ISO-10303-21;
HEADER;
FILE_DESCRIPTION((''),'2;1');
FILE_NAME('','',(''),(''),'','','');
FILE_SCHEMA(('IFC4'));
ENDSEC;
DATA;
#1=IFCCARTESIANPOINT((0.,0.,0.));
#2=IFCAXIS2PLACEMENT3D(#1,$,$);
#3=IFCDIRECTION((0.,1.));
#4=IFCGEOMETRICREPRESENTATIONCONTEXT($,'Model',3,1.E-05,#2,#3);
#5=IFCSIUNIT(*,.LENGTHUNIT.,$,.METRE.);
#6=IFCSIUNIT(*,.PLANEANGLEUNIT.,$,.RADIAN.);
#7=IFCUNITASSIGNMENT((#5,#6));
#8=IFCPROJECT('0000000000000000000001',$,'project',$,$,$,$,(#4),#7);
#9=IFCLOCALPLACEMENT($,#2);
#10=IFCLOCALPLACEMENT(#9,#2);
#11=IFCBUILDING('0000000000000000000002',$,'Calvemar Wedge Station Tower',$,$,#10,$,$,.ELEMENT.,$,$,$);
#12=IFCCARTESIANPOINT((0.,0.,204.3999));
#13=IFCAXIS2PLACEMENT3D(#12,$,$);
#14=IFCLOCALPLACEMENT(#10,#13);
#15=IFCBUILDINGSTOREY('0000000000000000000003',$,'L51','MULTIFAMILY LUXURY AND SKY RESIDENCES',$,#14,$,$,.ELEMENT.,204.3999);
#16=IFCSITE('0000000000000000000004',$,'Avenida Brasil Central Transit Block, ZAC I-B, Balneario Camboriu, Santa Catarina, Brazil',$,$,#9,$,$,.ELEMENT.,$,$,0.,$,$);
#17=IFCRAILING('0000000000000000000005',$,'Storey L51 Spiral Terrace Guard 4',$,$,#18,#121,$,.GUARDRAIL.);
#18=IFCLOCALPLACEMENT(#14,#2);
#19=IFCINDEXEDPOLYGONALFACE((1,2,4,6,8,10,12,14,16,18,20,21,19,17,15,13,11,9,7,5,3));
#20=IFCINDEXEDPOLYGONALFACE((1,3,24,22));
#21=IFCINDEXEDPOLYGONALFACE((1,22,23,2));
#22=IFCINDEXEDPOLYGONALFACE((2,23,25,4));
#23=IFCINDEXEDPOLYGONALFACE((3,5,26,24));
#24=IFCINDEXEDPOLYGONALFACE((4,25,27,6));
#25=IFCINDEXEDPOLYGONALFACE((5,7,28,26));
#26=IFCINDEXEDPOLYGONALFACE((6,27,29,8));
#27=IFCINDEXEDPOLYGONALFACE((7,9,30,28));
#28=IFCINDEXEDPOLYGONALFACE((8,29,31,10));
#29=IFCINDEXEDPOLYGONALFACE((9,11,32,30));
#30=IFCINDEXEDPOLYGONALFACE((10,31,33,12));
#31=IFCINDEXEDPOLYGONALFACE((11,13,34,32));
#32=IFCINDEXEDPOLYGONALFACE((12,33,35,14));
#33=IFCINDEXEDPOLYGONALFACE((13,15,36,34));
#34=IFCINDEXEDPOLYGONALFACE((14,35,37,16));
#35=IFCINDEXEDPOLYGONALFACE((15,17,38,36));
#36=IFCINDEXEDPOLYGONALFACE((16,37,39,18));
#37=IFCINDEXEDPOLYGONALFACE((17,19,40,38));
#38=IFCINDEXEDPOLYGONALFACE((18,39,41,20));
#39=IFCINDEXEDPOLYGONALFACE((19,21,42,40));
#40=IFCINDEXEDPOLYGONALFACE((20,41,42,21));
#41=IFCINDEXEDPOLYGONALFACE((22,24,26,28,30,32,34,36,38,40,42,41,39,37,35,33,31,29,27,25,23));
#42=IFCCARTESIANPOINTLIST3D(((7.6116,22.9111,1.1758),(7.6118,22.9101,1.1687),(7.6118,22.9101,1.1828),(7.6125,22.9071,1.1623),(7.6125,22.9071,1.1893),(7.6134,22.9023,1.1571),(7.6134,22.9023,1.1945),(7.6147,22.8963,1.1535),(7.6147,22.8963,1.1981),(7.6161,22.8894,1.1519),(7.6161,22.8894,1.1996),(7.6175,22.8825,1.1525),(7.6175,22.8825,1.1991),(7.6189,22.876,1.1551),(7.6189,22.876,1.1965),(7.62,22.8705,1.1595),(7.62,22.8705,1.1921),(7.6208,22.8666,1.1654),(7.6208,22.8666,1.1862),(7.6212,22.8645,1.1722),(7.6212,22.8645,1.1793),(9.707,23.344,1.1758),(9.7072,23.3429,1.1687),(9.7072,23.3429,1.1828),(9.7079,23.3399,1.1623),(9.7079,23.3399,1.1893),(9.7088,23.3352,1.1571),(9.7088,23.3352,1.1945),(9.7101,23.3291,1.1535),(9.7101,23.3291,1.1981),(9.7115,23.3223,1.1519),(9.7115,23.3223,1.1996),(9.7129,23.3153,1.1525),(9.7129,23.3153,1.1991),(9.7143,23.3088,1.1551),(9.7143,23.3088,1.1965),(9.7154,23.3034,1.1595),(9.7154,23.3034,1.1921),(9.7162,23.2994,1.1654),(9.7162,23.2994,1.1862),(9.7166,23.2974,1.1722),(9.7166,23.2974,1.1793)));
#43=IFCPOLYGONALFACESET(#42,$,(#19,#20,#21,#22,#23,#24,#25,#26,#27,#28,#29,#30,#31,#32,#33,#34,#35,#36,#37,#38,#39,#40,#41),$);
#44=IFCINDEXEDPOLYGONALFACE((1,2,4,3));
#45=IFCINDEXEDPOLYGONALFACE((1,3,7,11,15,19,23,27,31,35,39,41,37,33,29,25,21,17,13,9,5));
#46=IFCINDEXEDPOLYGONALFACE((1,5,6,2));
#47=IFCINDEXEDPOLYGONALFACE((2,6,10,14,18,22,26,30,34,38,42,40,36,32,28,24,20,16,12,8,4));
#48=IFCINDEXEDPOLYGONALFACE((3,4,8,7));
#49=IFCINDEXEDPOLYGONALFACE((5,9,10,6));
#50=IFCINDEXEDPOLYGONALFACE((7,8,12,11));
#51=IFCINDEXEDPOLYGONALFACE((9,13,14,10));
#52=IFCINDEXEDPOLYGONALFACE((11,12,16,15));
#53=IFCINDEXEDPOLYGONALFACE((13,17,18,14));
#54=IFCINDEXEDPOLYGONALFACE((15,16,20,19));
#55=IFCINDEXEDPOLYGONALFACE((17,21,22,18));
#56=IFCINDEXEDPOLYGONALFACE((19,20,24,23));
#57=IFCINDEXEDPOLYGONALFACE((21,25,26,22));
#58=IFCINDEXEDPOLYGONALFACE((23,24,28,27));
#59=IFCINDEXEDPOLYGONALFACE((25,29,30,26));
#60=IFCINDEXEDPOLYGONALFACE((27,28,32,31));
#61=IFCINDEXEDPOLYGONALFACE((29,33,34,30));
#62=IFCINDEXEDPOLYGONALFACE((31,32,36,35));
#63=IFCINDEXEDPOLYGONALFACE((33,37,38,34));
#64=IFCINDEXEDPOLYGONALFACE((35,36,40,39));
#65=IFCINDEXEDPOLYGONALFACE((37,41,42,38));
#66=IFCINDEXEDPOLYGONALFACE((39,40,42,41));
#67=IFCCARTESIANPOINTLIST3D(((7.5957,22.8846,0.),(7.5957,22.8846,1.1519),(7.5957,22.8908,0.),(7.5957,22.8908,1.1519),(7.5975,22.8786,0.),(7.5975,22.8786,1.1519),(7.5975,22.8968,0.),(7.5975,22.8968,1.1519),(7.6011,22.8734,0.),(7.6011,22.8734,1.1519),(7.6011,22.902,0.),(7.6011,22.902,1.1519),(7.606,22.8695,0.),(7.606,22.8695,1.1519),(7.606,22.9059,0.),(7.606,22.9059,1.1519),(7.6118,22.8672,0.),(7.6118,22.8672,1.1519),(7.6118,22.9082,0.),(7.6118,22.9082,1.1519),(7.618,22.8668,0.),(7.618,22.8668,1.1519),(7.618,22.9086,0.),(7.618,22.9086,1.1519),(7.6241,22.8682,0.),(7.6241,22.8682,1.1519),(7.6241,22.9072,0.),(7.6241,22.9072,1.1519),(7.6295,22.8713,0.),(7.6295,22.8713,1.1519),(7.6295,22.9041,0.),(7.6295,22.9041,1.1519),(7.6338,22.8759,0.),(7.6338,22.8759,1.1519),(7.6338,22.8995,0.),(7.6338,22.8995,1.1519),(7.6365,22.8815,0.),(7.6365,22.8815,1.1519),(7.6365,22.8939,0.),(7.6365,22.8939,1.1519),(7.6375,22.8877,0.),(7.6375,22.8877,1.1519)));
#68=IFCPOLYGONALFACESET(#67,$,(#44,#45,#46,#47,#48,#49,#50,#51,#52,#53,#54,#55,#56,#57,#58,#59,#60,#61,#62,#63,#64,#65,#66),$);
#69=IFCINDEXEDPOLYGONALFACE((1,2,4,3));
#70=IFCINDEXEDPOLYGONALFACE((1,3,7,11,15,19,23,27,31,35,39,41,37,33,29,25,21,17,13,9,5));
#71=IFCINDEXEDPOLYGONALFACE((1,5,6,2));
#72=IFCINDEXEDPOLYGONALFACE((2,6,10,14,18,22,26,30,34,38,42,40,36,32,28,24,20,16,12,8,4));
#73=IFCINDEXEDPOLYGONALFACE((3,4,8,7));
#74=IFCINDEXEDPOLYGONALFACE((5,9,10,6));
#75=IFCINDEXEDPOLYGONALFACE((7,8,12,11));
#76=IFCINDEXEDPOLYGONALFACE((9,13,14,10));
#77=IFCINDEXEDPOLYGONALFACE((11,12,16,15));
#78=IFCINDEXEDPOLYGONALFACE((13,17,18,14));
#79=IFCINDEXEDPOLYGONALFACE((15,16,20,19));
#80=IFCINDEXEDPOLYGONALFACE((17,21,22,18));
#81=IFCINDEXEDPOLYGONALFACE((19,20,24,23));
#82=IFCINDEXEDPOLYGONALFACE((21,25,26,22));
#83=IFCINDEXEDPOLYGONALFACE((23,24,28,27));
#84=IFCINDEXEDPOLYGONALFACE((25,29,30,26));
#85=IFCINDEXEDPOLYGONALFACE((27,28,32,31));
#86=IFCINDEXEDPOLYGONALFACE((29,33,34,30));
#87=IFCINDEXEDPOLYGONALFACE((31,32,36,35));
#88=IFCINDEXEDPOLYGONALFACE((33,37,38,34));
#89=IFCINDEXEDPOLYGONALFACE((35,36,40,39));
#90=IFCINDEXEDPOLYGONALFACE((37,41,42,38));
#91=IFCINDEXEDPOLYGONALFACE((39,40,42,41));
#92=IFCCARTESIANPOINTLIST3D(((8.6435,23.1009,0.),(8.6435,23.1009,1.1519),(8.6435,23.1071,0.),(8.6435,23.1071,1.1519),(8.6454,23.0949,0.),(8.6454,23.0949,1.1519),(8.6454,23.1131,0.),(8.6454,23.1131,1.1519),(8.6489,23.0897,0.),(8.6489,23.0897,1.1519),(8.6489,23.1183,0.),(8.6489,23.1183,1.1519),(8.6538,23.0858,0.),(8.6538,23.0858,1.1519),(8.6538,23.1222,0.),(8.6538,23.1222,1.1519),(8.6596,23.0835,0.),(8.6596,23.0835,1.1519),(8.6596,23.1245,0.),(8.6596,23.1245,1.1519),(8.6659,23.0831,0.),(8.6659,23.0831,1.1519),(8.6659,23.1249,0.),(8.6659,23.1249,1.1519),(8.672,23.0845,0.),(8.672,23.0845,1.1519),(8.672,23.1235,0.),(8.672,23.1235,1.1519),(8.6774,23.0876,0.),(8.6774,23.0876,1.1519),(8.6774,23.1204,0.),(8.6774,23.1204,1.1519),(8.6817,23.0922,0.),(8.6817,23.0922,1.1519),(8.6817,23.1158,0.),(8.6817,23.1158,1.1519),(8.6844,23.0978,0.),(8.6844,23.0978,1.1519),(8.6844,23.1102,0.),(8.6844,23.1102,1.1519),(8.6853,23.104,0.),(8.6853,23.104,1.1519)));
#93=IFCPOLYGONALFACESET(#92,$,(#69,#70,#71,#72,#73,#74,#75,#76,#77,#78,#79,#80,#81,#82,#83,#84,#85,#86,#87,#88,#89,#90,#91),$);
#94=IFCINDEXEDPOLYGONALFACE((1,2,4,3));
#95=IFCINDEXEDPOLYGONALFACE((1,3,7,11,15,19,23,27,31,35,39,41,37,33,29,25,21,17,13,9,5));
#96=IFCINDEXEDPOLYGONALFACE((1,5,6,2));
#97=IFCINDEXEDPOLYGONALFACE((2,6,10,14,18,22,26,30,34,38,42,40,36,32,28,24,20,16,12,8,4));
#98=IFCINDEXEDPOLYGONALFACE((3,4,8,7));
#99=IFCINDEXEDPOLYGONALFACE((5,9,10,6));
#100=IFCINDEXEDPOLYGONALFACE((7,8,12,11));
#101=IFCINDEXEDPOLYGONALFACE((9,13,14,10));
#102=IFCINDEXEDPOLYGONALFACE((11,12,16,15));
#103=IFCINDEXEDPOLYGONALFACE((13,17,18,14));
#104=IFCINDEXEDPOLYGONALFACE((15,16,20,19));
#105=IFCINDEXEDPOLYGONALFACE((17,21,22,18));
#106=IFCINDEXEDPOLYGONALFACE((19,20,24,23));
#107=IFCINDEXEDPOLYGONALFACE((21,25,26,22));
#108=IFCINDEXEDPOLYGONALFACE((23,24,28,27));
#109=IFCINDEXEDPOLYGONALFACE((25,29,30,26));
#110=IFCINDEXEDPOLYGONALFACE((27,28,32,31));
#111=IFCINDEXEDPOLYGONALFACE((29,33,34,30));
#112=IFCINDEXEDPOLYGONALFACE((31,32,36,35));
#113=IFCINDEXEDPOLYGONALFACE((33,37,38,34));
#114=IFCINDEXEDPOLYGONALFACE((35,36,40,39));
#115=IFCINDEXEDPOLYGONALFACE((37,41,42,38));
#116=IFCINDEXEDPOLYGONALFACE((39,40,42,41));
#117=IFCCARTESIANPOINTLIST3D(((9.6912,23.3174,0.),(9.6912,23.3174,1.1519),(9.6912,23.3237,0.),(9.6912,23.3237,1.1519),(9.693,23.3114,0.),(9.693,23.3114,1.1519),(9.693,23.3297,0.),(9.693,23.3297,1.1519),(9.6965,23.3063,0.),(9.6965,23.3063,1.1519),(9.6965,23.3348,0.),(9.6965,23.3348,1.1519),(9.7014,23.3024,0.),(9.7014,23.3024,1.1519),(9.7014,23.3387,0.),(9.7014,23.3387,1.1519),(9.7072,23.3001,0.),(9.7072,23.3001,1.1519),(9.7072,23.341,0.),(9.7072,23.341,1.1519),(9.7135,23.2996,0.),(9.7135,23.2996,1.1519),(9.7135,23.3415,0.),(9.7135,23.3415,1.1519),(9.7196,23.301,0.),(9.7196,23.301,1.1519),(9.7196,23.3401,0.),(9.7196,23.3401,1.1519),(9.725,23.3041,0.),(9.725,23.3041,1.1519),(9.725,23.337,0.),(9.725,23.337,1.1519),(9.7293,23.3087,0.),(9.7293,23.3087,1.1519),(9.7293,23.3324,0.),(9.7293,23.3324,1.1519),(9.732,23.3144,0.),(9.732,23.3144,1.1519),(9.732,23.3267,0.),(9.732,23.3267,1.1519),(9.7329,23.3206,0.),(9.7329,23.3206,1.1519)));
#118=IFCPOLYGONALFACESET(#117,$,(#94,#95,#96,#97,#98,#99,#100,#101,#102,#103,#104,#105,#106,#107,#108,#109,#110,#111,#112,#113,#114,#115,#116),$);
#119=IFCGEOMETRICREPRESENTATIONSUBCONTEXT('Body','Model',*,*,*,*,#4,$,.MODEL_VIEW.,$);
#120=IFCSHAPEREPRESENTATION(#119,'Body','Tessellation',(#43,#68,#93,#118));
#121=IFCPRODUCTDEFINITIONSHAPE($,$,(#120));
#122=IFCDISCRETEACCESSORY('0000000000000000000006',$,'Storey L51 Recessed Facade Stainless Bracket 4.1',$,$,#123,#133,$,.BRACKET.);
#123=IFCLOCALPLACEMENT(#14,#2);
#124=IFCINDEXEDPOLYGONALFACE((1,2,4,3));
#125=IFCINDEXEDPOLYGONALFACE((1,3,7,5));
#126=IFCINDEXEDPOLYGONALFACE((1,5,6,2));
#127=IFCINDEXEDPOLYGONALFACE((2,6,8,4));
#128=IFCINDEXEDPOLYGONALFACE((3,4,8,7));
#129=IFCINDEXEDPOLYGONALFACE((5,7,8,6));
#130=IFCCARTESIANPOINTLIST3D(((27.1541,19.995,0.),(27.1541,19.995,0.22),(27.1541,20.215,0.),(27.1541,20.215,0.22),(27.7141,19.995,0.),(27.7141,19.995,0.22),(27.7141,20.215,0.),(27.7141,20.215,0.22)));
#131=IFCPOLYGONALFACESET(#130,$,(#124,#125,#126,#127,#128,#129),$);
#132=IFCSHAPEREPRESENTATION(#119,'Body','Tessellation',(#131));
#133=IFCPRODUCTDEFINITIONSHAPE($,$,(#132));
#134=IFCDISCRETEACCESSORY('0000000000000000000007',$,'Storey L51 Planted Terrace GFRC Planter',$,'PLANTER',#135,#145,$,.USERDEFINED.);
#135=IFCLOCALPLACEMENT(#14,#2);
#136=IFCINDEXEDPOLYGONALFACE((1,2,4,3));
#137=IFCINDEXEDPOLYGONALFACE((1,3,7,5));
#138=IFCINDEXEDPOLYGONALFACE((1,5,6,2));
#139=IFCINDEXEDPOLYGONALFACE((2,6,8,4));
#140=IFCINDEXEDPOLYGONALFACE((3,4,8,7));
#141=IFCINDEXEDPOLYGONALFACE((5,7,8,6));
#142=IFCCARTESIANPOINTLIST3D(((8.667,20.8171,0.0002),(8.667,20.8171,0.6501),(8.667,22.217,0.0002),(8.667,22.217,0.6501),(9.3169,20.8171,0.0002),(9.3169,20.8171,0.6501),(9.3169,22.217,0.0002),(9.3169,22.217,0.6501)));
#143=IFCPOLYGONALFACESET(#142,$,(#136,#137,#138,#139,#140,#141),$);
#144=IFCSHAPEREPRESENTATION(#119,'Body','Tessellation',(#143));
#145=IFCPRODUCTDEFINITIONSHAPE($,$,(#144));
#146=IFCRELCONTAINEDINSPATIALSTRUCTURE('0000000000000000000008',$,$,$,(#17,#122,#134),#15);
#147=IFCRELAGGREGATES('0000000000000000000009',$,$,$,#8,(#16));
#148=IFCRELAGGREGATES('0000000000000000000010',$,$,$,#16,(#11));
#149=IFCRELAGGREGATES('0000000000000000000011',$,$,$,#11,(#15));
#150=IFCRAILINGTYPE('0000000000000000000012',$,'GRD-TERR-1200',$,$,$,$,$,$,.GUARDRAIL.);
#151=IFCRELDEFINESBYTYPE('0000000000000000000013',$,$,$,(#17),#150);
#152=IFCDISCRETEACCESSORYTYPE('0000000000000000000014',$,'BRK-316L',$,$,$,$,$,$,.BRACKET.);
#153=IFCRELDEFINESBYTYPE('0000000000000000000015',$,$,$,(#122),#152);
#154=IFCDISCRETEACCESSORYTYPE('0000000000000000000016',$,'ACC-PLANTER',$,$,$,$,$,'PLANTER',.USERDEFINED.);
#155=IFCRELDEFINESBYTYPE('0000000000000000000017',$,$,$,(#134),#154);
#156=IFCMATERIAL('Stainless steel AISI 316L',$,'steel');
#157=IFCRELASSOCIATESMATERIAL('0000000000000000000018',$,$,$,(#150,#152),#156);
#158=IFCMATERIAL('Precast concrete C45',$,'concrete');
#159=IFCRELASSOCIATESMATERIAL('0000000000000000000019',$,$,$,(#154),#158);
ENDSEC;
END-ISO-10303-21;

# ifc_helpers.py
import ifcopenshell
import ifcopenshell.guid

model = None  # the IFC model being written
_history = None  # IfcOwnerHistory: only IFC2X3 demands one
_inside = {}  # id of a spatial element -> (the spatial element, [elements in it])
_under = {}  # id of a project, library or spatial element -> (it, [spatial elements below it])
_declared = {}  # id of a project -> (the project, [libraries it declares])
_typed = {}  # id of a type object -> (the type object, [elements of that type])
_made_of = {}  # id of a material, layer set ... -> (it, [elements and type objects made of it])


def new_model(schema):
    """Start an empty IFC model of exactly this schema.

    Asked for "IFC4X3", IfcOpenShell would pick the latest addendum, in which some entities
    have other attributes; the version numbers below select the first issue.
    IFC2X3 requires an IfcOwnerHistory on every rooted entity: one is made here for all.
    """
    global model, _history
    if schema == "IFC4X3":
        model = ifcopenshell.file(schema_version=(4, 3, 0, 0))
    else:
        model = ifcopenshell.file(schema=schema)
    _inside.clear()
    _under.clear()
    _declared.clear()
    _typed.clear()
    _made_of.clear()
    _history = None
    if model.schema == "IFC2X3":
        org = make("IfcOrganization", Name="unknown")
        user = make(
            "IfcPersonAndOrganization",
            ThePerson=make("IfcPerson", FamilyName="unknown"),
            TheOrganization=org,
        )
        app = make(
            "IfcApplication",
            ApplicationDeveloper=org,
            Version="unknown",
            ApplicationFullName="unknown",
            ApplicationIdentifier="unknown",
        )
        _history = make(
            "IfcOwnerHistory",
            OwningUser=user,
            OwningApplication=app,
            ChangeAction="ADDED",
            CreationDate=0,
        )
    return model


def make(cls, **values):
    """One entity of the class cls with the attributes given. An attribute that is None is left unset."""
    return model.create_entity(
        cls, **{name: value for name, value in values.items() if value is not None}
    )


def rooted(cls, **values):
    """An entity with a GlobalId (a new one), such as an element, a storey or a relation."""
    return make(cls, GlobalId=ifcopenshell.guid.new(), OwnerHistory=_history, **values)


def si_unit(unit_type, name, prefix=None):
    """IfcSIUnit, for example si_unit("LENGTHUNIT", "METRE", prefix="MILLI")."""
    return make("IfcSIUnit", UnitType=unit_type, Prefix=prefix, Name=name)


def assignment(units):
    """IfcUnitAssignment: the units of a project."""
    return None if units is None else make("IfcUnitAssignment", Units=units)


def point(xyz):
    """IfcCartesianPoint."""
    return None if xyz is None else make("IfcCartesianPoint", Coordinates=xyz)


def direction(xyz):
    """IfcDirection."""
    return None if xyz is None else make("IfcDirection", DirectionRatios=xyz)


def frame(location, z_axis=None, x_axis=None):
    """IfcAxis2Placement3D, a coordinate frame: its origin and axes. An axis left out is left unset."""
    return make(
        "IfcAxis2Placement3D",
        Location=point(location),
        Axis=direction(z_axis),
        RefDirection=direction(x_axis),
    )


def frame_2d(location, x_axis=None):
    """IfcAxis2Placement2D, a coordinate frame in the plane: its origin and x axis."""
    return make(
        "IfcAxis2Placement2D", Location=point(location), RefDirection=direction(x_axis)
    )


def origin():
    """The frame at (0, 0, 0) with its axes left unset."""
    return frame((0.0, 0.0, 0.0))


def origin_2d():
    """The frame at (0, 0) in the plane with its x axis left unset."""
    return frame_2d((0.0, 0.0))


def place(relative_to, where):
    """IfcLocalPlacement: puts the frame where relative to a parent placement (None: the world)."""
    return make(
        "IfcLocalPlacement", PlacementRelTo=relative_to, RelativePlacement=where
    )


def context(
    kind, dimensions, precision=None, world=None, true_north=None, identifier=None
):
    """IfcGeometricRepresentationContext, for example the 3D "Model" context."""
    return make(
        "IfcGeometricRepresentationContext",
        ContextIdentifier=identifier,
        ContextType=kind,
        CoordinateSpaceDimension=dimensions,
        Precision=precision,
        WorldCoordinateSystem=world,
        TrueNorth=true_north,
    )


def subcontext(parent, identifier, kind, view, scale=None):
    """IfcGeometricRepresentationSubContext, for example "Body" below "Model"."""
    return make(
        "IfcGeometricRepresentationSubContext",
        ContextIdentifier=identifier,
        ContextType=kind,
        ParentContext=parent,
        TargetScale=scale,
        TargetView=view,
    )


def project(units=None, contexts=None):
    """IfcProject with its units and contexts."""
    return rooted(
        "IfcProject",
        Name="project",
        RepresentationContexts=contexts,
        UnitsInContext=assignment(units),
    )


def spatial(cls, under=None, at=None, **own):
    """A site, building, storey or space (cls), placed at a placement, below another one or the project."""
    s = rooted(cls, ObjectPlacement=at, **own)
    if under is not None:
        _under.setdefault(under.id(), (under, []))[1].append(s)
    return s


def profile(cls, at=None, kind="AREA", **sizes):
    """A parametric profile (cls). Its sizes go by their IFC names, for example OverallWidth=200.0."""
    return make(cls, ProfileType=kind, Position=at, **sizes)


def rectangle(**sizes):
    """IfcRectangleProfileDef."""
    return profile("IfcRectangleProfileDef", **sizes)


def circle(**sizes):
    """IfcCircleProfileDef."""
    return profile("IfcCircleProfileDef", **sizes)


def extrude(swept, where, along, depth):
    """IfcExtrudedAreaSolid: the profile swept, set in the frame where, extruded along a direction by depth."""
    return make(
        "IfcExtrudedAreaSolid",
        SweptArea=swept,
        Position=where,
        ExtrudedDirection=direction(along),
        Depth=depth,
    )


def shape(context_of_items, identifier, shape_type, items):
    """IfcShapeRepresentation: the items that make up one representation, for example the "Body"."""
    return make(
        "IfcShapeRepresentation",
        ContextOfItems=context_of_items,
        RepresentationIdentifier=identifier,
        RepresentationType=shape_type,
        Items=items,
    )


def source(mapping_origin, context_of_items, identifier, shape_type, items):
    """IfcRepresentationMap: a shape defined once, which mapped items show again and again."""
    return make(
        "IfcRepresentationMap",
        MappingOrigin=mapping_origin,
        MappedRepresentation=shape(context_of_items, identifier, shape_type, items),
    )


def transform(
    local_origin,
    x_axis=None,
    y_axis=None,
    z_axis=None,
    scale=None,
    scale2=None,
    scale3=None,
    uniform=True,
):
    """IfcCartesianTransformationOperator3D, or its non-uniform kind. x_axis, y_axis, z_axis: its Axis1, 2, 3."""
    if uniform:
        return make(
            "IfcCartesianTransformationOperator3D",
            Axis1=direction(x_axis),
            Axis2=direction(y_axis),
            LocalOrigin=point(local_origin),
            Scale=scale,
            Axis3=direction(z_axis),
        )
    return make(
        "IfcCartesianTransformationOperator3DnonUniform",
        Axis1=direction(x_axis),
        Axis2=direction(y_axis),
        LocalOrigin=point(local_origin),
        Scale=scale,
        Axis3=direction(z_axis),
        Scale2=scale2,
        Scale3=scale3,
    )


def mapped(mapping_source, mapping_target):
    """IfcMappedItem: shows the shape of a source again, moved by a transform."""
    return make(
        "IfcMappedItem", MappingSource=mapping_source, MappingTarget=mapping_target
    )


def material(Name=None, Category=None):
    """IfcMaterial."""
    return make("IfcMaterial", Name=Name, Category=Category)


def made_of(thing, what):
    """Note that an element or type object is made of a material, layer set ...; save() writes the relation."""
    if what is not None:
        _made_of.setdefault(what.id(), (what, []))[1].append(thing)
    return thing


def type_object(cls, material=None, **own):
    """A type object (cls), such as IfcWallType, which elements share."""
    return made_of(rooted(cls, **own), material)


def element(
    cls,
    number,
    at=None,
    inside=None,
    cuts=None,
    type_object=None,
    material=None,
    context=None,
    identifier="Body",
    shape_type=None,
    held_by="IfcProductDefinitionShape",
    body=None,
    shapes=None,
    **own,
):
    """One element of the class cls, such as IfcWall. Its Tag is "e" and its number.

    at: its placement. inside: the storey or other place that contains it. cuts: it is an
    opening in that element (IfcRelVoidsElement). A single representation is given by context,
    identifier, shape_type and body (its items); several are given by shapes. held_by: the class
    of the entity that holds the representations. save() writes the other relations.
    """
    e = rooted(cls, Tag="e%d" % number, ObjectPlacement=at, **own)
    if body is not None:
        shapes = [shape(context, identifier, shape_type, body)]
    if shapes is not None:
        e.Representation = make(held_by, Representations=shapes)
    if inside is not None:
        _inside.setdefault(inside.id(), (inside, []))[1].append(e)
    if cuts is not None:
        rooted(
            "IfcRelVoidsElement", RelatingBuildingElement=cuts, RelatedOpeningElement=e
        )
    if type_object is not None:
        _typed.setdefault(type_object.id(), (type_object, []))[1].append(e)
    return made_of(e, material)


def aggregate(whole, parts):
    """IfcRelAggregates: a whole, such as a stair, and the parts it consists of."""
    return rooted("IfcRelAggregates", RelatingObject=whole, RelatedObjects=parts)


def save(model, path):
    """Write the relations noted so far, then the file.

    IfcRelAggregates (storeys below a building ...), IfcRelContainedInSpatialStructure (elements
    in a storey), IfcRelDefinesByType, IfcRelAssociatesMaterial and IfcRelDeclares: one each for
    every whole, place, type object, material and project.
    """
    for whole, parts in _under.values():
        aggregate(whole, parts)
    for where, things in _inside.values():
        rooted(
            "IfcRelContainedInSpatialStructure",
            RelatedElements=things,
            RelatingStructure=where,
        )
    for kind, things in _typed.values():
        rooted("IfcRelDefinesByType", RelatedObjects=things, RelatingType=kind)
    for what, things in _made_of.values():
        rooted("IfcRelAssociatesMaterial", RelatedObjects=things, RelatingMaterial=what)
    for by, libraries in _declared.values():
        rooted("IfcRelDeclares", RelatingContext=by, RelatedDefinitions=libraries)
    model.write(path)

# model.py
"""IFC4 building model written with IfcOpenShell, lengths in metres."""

from ifc_helpers import new_model, si_unit, direction, frame, origin, origin_2d, place, context, subcontext, project, spatial, rectangle, circle, extrude, source, transform, mapped, material, type_object, element, save


model = new_model("IFC4")

# Units and contexts
model_context = context("Model", 3, precision=1e-05, world=origin(), true_north=direction((0.0, 1.0)))
body_context = subcontext(model_context, "Body", "Model", "MODEL_VIEW")
ifc_project = project(units=[si_unit("LENGTHUNIT", "METRE"), si_unit("PLANEANGLEUNIT", "RADIAN")], contexts=[model_context])

# Site, building, storey
site_placement = place(None, origin())
site = spatial("IfcSite", under=ifc_project, at=site_placement, Name="Avenida Brasil Central Transit Block, ZAC I-B, Balneario Camboriu, Santa Catarina, Brazil", CompositionType="ELEMENT", RefElevation=0.0)
building_placement = place(site_placement, origin())
building = spatial("IfcBuilding", under=site, at=building_placement, Name="Calvemar Wedge Station Tower", CompositionType="ELEMENT")
storey_placement = place(building_placement, frame((0.0, 0.0, 204.3999)))
storey = spatial("IfcBuildingStorey", under=building, at=storey_placement, Name="L51", Description="MULTIFAMILY LUXURY AND SKY RESIDENCES", CompositionType="ELEMENT", Elevation=204.3999)

# Shared definitions
ifc_material_1 = material(Name="Precast concrete C45", Category="concrete")

# Railing
ifc_material_2 = material(Name="Stainless steel AISI 316L", Category="steel")
railing_type = type_object("IfcRailingType", Name="GRD-TERR-1200", PredefinedType="GUARDRAIL", material=ifc_material_2)
railing_1_placement = place(storey_placement, frame((7.6165, 22.8877, 0.0)))
element("IfcRailing", 1, at=railing_1_placement, inside=storey, type_object=railing_type, Name="Storey L51 Spiral Terrace Guard 4", PredefinedType="GUARDRAIL", context=body_context, shape_type="SweptSolid", body=[
    extrude(circle(Radius=0.0239, at=origin_2d()), frame((0.0, 0.0, 1.1758), z_axis=(0.979324, 0.2023, 0.0), x_axis=(-0.2023, 0.979324, 0.0)), (0.0, 0.0, 1.0), 2.1396),
    extrude(circle(Radius=0.021, at=origin_2d()), origin(), (0.0, 0.0, 1.0), 1.1519),
    extrude(circle(Radius=0.021, at=origin_2d()), frame((1.0479, 0.2163, 0.0)), (0.0, 0.0, 1.0), 1.1519),
    extrude(circle(Radius=0.021, at=origin_2d()), frame((2.0955, 0.4329, 0.0)), (0.0, 0.0, 1.0), 1.1519),
])

# Discrete accessories
discrete_accessory_type_1 = type_object("IfcDiscreteAccessoryType", Name="BRK-316L", PredefinedType="BRACKET", material=ifc_material_2)
shared_shape_1 = source(origin(), body_context, "Body", "SweptSolid", [
    extrude(rectangle(XDim=0.22, YDim=0.5601, at=origin_2d()), origin(), (0.0, 0.0, 1.0), 0.22),
])
discrete_accessory_1_placement = place(storey_placement, frame((27.4341, 20.105, 0.0), z_axis=(0.0, 0.0, 1.0), x_axis=(0.0, 1.0, 0.0)))
element("IfcDiscreteAccessory", 2, at=discrete_accessory_1_placement, inside=storey, type_object=discrete_accessory_type_1, Name="Storey L51 Recessed Facade Stainless Bracket 4.1", PredefinedType="BRACKET", context=body_context, shape_type="MappedRepresentation", body=[
    mapped(shared_shape_1, transform((0.0, 0.0, 0.0), scale=1.0)),
])
discrete_accessory_type_2 = type_object("IfcDiscreteAccessoryType", Name="ACC-PLANTER", ElementType="PLANTER", PredefinedType="USERDEFINED", material=ifc_material_1)
shared_shape_2 = source(origin(), body_context, "Body", "SweptSolid", [
    extrude(rectangle(XDim=0.6499, YDim=1.3999, at=origin_2d()), origin(), (0.0, 0.0, 1.0), 0.6499),
])
discrete_accessory_2_placement = place(storey_placement, frame((8.9919, 21.5171, 0.0002), z_axis=(0.0, 0.0, 1.0), x_axis=(1.0, 0.0, 0.0)))
element("IfcDiscreteAccessory", 3, at=discrete_accessory_2_placement, inside=storey, type_object=discrete_accessory_type_2, Name="Storey L51 Planted Terrace GFRC Planter", ObjectType="PLANTER", PredefinedType="USERDEFINED", context=body_context, shape_type="MappedRepresentation", body=[
    mapped(shared_shape_2, transform((0.0, 0.0, 0.0), scale=1.0)),
])

save(model, "model.ifc")
